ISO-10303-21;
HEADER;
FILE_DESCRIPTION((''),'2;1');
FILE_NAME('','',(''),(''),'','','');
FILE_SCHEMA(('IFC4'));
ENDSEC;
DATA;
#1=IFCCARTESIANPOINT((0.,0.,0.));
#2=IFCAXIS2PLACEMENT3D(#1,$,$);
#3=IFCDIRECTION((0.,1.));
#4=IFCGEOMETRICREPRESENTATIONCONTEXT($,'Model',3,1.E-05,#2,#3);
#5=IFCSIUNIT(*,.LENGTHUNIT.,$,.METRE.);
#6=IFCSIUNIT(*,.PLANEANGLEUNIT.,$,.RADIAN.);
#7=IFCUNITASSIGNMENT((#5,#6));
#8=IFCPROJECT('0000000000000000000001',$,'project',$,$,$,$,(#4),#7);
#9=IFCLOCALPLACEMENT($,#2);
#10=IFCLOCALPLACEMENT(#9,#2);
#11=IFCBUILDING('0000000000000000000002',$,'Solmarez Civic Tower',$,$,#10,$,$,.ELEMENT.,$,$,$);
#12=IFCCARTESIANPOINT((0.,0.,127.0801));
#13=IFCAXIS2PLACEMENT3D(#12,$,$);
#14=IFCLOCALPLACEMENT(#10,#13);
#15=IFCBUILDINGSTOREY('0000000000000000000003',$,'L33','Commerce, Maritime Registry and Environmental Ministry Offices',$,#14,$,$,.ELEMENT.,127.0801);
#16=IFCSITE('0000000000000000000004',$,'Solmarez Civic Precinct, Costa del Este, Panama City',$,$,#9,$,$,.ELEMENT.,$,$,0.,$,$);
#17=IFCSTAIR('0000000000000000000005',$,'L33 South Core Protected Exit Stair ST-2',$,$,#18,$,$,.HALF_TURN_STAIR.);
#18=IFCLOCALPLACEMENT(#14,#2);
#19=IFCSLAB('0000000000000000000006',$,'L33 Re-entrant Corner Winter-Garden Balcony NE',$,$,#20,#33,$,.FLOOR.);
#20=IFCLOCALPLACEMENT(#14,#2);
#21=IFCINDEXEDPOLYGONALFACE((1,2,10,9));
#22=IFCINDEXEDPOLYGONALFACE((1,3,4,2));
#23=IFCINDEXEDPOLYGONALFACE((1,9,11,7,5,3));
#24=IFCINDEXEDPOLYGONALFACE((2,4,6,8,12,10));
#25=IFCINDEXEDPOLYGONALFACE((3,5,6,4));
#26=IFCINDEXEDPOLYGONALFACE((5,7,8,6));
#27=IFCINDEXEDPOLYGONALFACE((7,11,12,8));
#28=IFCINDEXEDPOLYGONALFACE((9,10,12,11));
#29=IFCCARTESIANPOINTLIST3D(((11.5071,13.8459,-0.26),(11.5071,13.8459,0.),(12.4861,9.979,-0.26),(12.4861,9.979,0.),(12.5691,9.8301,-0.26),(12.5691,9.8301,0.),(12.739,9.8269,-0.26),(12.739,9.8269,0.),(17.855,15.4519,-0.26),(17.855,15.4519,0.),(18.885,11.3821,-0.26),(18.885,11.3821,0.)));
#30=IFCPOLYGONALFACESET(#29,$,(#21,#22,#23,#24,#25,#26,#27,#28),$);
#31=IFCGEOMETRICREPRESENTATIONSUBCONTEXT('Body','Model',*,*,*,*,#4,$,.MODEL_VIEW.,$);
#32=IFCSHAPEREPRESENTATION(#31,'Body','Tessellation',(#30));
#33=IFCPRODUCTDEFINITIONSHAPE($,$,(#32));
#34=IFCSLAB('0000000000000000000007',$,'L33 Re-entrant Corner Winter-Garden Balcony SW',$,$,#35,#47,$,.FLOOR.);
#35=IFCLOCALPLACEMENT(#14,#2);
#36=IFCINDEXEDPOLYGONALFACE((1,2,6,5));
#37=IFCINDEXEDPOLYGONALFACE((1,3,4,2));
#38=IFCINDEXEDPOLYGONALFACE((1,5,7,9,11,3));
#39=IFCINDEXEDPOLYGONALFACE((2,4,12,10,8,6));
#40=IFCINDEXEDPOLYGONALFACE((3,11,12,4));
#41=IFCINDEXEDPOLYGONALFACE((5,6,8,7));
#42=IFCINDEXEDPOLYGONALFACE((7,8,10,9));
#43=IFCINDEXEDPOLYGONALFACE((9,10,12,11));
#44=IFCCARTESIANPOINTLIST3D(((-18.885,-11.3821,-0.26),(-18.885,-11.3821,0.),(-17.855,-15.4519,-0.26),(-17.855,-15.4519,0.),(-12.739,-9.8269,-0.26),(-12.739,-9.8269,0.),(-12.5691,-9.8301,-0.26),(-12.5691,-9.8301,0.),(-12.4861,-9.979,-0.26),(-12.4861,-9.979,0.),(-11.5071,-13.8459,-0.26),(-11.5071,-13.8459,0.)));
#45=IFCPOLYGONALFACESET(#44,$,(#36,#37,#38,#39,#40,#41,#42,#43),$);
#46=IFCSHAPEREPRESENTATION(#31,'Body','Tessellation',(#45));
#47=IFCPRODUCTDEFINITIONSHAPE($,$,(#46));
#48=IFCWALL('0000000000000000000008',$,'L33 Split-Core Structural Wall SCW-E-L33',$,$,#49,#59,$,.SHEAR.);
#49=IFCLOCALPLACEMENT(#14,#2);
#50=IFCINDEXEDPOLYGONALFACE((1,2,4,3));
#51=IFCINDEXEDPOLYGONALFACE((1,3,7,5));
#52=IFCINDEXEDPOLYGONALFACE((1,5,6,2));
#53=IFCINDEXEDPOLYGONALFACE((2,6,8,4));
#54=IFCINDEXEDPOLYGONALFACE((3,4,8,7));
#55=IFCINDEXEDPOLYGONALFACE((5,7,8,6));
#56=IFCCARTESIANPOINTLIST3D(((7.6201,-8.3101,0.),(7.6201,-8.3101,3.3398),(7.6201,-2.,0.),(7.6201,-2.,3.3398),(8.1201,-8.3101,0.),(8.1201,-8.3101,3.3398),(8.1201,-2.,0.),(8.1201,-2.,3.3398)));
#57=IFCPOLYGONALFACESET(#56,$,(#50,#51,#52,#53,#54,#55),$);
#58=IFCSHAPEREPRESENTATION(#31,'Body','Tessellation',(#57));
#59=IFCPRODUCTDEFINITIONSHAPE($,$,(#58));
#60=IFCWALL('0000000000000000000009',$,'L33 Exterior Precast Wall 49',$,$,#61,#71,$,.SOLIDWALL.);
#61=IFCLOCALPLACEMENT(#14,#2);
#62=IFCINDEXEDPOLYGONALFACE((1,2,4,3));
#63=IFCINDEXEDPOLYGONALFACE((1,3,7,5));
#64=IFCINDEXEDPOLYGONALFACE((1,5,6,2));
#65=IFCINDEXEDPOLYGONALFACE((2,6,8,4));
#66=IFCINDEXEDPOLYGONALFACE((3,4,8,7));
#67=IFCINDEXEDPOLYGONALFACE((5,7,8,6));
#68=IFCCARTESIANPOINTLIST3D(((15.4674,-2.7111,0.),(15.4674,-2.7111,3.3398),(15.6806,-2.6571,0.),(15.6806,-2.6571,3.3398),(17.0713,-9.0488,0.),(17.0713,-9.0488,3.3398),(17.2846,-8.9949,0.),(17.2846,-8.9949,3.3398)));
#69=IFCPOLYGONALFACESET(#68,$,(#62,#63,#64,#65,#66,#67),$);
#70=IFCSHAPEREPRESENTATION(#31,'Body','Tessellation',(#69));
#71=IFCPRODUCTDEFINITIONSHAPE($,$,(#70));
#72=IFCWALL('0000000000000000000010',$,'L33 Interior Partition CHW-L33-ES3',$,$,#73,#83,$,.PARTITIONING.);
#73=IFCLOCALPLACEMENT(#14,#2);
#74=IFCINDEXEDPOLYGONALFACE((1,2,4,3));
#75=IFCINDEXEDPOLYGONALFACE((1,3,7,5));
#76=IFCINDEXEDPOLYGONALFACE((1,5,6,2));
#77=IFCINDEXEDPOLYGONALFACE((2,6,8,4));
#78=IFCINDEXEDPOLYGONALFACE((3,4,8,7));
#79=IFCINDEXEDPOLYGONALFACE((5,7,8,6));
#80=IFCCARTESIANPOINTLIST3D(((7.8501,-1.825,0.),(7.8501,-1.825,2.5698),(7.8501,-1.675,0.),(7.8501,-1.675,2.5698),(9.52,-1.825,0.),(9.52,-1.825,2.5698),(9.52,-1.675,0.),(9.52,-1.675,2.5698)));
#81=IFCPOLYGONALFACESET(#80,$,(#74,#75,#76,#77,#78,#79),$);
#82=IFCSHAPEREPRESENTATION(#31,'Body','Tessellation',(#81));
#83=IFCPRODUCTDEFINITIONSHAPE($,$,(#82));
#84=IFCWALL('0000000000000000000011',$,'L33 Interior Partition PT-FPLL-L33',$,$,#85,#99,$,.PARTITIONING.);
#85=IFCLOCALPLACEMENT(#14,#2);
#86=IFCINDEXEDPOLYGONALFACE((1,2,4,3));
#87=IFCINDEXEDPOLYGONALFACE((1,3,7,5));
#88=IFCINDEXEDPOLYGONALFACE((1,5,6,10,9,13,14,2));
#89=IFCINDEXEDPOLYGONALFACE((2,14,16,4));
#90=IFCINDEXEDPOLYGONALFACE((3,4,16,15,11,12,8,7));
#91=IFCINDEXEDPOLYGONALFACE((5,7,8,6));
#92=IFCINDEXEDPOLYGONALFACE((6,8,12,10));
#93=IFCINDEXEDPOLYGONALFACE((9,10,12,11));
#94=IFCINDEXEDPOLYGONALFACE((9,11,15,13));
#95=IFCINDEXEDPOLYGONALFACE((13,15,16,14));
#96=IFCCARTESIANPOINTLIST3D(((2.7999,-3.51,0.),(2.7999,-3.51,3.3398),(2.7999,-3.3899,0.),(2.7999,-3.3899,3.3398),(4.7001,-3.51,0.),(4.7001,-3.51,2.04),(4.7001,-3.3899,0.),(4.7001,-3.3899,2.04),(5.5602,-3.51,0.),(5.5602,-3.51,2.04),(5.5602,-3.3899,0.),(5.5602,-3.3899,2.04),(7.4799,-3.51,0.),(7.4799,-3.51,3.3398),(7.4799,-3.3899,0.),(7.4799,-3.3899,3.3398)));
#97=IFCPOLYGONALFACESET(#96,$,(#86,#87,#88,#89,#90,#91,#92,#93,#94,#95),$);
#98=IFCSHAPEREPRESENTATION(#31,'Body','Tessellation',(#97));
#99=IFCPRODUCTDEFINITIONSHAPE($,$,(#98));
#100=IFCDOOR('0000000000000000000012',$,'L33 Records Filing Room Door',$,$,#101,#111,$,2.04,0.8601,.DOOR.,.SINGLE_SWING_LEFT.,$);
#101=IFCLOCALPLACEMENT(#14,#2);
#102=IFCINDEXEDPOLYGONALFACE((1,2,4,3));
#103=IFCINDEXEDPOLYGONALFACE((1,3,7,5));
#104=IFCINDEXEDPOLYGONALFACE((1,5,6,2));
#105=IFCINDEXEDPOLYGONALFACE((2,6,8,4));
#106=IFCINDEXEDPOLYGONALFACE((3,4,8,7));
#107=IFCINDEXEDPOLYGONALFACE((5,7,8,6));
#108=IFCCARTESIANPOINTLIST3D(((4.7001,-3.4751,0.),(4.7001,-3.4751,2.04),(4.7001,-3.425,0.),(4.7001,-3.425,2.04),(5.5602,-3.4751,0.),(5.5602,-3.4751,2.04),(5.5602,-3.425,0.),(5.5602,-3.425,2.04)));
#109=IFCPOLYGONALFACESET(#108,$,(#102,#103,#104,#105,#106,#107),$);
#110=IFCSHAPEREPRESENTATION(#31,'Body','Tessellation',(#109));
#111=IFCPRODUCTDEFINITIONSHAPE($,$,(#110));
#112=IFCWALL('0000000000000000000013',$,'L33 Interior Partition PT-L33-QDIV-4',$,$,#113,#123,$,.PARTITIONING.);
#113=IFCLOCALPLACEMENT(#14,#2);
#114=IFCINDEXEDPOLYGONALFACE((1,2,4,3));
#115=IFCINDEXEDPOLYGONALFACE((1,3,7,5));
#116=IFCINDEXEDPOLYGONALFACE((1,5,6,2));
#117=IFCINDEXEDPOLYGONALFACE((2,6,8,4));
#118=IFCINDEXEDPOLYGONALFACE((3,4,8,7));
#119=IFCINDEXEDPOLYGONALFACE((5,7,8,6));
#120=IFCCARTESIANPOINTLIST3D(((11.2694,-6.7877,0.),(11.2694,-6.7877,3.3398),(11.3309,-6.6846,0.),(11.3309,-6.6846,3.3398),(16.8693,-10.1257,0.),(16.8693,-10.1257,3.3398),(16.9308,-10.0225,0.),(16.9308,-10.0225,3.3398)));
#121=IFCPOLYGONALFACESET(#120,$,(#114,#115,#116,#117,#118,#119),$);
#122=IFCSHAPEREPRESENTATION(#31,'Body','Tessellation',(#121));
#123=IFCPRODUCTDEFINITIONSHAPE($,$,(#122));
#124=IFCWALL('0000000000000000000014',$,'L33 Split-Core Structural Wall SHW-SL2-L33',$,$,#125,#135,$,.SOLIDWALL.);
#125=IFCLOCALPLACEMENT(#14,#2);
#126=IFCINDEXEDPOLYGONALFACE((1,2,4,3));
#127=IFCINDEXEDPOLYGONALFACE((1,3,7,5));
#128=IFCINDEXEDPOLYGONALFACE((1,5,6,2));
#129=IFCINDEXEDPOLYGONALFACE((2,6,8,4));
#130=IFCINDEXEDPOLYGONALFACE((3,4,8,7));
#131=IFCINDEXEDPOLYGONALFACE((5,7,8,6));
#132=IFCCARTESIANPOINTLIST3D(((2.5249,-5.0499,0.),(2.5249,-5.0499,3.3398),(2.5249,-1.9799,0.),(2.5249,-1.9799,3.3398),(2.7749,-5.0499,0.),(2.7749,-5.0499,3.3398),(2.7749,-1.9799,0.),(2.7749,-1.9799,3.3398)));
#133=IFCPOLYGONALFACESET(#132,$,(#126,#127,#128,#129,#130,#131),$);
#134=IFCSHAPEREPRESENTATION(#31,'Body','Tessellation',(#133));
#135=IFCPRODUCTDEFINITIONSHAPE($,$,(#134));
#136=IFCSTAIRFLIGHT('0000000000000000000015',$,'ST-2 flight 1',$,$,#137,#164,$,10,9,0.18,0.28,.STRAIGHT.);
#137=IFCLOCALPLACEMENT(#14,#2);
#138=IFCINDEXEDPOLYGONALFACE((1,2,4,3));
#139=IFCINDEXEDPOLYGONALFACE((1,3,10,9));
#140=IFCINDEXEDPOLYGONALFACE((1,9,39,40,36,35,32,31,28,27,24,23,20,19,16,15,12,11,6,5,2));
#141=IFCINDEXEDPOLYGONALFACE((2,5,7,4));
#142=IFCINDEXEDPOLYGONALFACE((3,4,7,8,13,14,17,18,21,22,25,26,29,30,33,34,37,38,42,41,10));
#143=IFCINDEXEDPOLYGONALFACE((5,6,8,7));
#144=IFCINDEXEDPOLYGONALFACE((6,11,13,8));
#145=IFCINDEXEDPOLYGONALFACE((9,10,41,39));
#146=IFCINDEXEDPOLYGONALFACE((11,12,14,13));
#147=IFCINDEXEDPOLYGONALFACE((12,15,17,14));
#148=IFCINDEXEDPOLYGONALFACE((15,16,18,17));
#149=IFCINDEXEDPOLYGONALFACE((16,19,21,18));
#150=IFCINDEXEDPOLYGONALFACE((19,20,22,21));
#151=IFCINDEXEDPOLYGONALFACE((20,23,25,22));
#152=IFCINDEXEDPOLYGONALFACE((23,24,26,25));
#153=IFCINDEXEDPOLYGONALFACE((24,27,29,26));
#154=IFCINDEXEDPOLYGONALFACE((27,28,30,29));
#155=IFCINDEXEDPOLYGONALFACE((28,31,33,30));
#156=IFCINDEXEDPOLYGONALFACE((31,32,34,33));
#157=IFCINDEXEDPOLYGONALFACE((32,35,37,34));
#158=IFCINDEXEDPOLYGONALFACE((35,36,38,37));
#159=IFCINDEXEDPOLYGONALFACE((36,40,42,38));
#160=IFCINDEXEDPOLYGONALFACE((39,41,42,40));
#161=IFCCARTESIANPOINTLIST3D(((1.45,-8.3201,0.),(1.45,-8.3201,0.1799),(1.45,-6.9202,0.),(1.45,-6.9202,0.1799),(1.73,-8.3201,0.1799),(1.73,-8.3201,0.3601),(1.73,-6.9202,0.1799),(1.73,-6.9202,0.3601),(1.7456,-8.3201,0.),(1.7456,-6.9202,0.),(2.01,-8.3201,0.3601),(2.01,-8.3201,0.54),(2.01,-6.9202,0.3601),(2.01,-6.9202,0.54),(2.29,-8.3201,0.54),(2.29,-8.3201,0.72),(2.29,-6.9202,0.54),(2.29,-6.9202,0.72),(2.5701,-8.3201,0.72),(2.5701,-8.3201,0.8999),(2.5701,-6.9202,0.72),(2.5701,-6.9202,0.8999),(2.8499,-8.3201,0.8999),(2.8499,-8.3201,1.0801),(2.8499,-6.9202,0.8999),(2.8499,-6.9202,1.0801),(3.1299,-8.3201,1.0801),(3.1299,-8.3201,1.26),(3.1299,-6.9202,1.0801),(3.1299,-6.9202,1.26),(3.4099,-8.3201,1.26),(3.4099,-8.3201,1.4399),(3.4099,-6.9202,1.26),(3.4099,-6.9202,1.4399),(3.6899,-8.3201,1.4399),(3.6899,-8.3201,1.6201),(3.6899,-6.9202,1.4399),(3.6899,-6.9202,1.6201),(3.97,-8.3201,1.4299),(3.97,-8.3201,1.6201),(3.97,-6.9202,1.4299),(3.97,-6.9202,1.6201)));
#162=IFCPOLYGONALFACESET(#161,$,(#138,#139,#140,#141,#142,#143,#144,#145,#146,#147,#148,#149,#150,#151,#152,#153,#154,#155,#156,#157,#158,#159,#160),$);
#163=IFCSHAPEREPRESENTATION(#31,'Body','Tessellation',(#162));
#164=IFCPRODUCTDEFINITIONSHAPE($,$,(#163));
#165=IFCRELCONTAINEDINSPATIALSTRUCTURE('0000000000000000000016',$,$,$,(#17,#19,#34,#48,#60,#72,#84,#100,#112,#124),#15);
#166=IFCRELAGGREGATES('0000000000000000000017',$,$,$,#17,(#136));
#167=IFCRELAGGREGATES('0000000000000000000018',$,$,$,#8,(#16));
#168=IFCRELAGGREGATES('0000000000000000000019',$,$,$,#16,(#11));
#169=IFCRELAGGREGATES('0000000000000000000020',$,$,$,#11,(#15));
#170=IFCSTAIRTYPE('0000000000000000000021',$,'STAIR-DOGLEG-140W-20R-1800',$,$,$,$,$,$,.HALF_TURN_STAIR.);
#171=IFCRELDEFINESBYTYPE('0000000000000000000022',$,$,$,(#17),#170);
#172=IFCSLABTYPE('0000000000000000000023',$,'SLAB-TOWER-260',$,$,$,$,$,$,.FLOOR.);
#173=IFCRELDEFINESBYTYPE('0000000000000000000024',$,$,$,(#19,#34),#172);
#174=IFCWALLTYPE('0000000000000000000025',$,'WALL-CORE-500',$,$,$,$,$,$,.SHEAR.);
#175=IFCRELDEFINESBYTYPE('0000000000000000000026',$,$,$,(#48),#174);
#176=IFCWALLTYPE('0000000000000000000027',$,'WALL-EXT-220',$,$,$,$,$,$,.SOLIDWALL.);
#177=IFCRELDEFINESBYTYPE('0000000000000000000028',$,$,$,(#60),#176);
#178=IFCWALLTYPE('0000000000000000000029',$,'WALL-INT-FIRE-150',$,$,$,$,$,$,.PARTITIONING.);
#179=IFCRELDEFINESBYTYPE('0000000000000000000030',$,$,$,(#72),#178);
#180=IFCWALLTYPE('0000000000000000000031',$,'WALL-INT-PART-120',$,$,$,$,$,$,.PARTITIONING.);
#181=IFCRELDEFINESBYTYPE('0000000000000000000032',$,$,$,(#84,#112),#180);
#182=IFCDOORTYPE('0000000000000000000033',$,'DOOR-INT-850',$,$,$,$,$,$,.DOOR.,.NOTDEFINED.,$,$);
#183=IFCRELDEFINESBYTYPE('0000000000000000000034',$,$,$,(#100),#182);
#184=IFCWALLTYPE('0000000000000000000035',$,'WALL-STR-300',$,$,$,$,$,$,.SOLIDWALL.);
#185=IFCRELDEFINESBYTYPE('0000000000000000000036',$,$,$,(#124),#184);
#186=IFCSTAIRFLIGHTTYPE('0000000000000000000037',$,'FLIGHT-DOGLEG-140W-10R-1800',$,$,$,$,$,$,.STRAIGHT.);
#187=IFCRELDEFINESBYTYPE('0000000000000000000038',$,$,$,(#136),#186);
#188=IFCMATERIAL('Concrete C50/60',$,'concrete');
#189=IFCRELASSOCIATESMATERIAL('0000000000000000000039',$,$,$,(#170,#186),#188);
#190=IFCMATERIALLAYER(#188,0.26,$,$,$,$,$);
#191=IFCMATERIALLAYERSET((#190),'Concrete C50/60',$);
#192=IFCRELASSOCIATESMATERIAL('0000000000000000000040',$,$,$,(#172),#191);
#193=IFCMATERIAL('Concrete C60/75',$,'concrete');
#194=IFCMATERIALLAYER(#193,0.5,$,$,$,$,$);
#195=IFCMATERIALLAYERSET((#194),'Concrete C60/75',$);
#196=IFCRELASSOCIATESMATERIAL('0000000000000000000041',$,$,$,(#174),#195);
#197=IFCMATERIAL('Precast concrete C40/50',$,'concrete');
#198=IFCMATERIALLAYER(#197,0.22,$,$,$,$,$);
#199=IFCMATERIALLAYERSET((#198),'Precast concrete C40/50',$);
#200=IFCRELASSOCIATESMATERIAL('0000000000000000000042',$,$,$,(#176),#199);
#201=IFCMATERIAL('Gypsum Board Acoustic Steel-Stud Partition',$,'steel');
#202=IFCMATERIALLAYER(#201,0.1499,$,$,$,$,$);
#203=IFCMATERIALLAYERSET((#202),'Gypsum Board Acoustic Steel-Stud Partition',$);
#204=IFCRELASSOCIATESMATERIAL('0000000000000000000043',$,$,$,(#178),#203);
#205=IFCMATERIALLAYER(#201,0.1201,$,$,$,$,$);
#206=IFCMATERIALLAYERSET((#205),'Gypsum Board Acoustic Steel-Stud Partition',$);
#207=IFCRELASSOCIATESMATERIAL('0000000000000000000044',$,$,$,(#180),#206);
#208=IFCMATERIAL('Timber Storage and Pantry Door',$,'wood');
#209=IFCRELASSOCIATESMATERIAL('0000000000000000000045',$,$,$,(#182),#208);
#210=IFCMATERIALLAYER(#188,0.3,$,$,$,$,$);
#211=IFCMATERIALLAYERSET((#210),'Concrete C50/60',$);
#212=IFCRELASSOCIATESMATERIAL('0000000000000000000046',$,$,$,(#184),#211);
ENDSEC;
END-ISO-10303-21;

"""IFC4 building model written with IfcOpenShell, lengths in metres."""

from ifc_helpers import new_model, si_unit, direction, frame, frame_2d, origin, place, context, subcontext, project, spatial, polyline, rectangle, outline, extrude, material, layer, layer_set, type_object, element, fill, aggregate, save


model = new_model("IFC4")

# Units and contexts
model_context = context("Model", 3, precision=1e-05, world=origin(), true_north=direction((0.0, 1.0)))
body_context = subcontext(model_context, "Body", "Model", "MODEL_VIEW")
ifc_project = project(units=[si_unit("LENGTHUNIT", "METRE"), si_unit("PLANEANGLEUNIT", "RADIAN")], contexts=[model_context])

# Site, building, storey
site_placement = place(None, origin())
site = spatial("IfcSite", under=ifc_project, at=site_placement, Name="Solmarez Civic Precinct, Costa del Este, Panama City", CompositionType="ELEMENT", RefElevation=0.0)
building_placement = place(site_placement, origin())
building = spatial("IfcBuilding", under=site, at=building_placement, Name="Solmarez Civic Tower", CompositionType="ELEMENT")
storey_placement = place(building_placement, frame((0.0, 0.0, 127.0801)))
storey = spatial("IfcBuildingStorey", under=building, at=storey_placement, Name="L33", Description="Commerce, Maritime Registry and Environmental Ministry Offices", CompositionType="ELEMENT", Elevation=127.0801)

# Shared definitions
ifc_material_1 = material(Name="Concrete C50/60", Category="concrete")

# Stair
stair_type = type_object("IfcStairType", Name="STAIR-DOGLEG-140W-20R-1800", PredefinedType="HALF_TURN_STAIR", material=ifc_material_1)
stair_1_placement = place(storey_placement, origin())
stair_1 = element("IfcStair", 1, at=stair_1_placement, inside=storey, type_object=stair_type, Name="L33 South Core Protected Exit Stair ST-2", PredefinedType="HALF_TURN_STAIR")

# Slabs
ifc_layer_1 = layer(ifc_material_1, 0.26)
ifc_layer_set_1 = layer_set([ifc_layer_1], Name="Concrete C50/60")
slab_type_1 = type_object("IfcSlabType", Name="SLAB-TOWER-260", PredefinedType="FLOOR", material=ifc_layer_set_1)
slab_1_placement = place(storey_placement, frame((0.0, 0.0, -0.26)))
element("IfcSlab", 2, at=slab_1_placement, inside=storey, type_object=slab_type_1, Name="L33 Re-entrant Corner Winter-Garden Balcony NE", PredefinedType="FLOOR", context=body_context, shape_type="SweptSolid", body=[
    extrude(outline(polyline([(11.5071, 13.8459), (12.4861, 9.979), (12.5691, 9.8301), (12.739, 9.8269), (18.885, 11.3821), (17.855, 15.4519), (11.5071, 13.8459)])), origin(), (0.0, 0.0, 1.0), 0.26),
])
slab_2_placement = place(storey_placement, frame((0.0, 0.0, -0.26)))
element("IfcSlab", 3, at=slab_2_placement, inside=storey, type_object=slab_type_1, Name="L33 Re-entrant Corner Winter-Garden Balcony SW", PredefinedType="FLOOR", context=body_context, shape_type="SweptSolid", body=[
    extrude(outline(polyline([(-11.5071, -13.8459), (-12.4861, -9.979), (-12.5691, -9.8301), (-12.739, -9.8269), (-18.885, -11.3821), (-17.855, -15.4519), (-11.5071, -13.8459)])), origin(), (0.0, 0.0, 1.0), 0.26),
])

# Walls
ifc_material_2 = material(Name="Concrete C60/75", Category="concrete")
ifc_layer_2 = layer(ifc_material_2, 0.5)
ifc_layer_set_2 = layer_set([ifc_layer_2], Name="Concrete C60/75")
wall_type_1 = type_object("IfcWallType", Name="WALL-CORE-500", PredefinedType="SHEAR", material=ifc_layer_set_2)
wall_1_placement = place(storey_placement, frame((7.8701, -2.0, 0.0), z_axis=(0.0, 0.0, 1.0), x_axis=(0.0, -1.0, 0.0)))
element("IfcWall", 4, at=wall_1_placement, inside=storey, type_object=wall_type_1, Name="L33 Split-Core Structural Wall SCW-E-L33", PredefinedType="SHEAR", context=body_context, shape_type="SweptSolid", body=[
    extrude(rectangle(XDim=6.3101, YDim=0.5, at=frame_2d((3.155, 0.0))), origin(), (0.0, 0.0, 1.0), 3.3398),
])
ifc_material_3 = material(Name="Precast concrete C40/50", Category="concrete")
ifc_layer_3 = layer(ifc_material_3, 0.22)
ifc_layer_set_3 = layer_set([ifc_layer_3], Name="Precast concrete C40/50")
wall_type_2 = type_object("IfcWallType", Name="WALL-EXT-220", PredefinedType="SOLIDWALL", material=ifc_layer_set_3)
wall_2_placement = place(storey_placement, frame((15.574, -2.6841, 0.0), z_axis=(0.0, 0.0, 1.0), x_axis=(0.245346, -0.969435, 0.0)))
element("IfcWall", 5, at=wall_2_placement, inside=storey, type_object=wall_type_2, Name="L33 Exterior Precast Wall 49", PredefinedType="SOLIDWALL", context=body_context, shape_type="SweptSolid", body=[
    extrude(rectangle(XDim=6.5376, YDim=0.22, at=frame_2d((3.2688, 0.0))), origin(), (0.0, 0.0, 1.0), 3.3398),
])
ifc_material_4 = material(Name="Gypsum Board Acoustic Steel-Stud Partition", Category="steel")
ifc_layer_4 = layer(ifc_material_4, 0.1499)
ifc_layer_set_4 = layer_set([ifc_layer_4], Name="Gypsum Board Acoustic Steel-Stud Partition")
wall_type_3 = type_object("IfcWallType", Name="WALL-INT-FIRE-150", PredefinedType="PARTITIONING", material=ifc_layer_set_4)
wall_3_placement = place(storey_placement, frame((7.8501, -1.75, 0.0), z_axis=(0.0, 0.0, 1.0), x_axis=(1.0, 0.0, 0.0)))
element("IfcWall", 6, at=wall_3_placement, inside=storey, type_object=wall_type_3, Name="L33 Interior Partition CHW-L33-ES3", PredefinedType="PARTITIONING", context=body_context, shape_type="SweptSolid", body=[
    extrude(rectangle(XDim=1.6699, YDim=0.1499, at=frame_2d((0.835, 0.0))), origin(), (0.0, 0.0, 1.0), 2.5698),
])

# Wall, opening, door
ifc_layer_5 = layer(ifc_material_4, 0.1201)
ifc_layer_set_5 = layer_set([ifc_layer_5], Name="Gypsum Board Acoustic Steel-Stud Partition")
wall_type_4 = type_object("IfcWallType", Name="WALL-INT-PART-120", PredefinedType="PARTITIONING", material=ifc_layer_set_5)
wall_4_placement = place(storey_placement, frame((2.8, -3.45, 0.0), z_axis=(0.0, 0.0, 1.0), x_axis=(1.0, 0.0, 0.0)))
wall_4 = element("IfcWall", 7, at=wall_4_placement, inside=storey, type_object=wall_type_4, Name="L33 Interior Partition PT-FPLL-L33", PredefinedType="PARTITIONING", context=body_context, shape_type="SweptSolid", body=[
    extrude(rectangle(XDim=4.6799, YDim=0.1201, at=frame_2d((2.3398, 0.0))), origin(), (0.0, 0.0, 1.0), 3.3398),
])
opening_placement = place(wall_4_placement, frame((1.8999, 0.0, 0.0)))
opening = element("IfcOpeningElement", 8, at=opening_placement, cuts=wall_4, PredefinedType="OPENING", context=body_context, shape_type="SweptSolid", body=[
    extrude(rectangle(XDim=0.8601, YDim=2.04, at=frame_2d((0.4302, 1.02))), frame((0.0, 0.0701, 0.0), z_axis=(0.0, -1.0, 0.0), x_axis=(1.0, 0.0, 0.0)), (0.0, 0.0, 1.0), 0.1401),
])
ifc_material_5 = material(Name="Timber Storage and Pantry Door", Category="wood")
door_type = type_object("IfcDoorType", Name="DOOR-INT-850", OperationType="NOTDEFINED", PredefinedType="DOOR", material=ifc_material_5)
door_placement = place(opening_placement, origin())
door = element("IfcDoor", 9, at=door_placement, inside=storey, type_object=door_type, Name="L33 Records Filing Room Door", OperationType="SINGLE_SWING_LEFT", OverallHeight=2.04, OverallWidth=0.8601, PredefinedType="DOOR", context=body_context, shape_type="SweptSolid", body=[
    extrude(rectangle(XDim=0.8601, YDim=2.04, at=frame_2d((0.4302, 1.02))), frame((0.0, 0.0249, 0.0), z_axis=(0.0, -1.0, 0.0), x_axis=(1.0, 0.0, 0.0)), (0.0, 0.0, 1.0), 0.05),
])
fill(opening, door)

# Walls
wall_5_placement = place(storey_placement, frame((11.3, -6.7361, 0.0), z_axis=(0.0, 0.0, 1.0), x_axis=(0.85898, -0.51201, 0.0)))
element("IfcWall", 10, at=wall_5_placement, inside=storey, type_object=wall_type_4, Name="L33 Interior Partition PT-L33-QDIV-4", PredefinedType="PARTITIONING", context=body_context, shape_type="SweptSolid", body=[
    extrude(rectangle(XDim=6.5193, YDim=0.1201, at=frame_2d((3.2598, 0.0))), origin(), (0.0, 0.0, 1.0), 3.3398),
])
ifc_layer_6 = layer(ifc_material_1, 0.3)
ifc_layer_set_6 = layer_set([ifc_layer_6], Name="Concrete C50/60")
wall_type_5 = type_object("IfcWallType", Name="WALL-STR-300", PredefinedType="SOLIDWALL", material=ifc_layer_set_6)
wall_6_placement = place(storey_placement, frame((2.6499, -5.05, 0.0), z_axis=(0.0, 0.0, 1.0), x_axis=(0.0, 1.0, 0.0)))
element("IfcWall", 11, at=wall_6_placement, inside=storey, type_object=wall_type_5, Name="L33 Split-Core Structural Wall SHW-SL2-L33", PredefinedType="SOLIDWALL", context=body_context, shape_type="SweptSolid", body=[
    extrude(rectangle(XDim=3.0701, YDim=0.25, at=frame_2d((1.5352, 0.0))), origin(), (0.0, 0.0, 1.0), 3.3398),
])

# Stair flight
stair_flight_type = type_object("IfcStairFlightType", Name="FLIGHT-DOGLEG-140W-10R-1800", PredefinedType="STRAIGHT", material=ifc_material_1)
stair_flight_1_placement = place(storey_placement, frame((1.45, -7.6201, 0.0), z_axis=(0.0, 0.0, 1.0), x_axis=(1.0, 0.0, 0.0)))
stair_flight_1 = element("IfcStairFlight", 12, at=stair_flight_1_placement, type_object=stair_flight_type, Name="ST-2 flight 1", NumberOfRisers=10, NumberOfTreads=9, PredefinedType="STRAIGHT", RiserHeight=0.18, TreadLength=0.28, context=body_context, shape_type="SweptSolid", body=[
    extrude(outline(polyline([(0.0, 0.0), (0.0, 0.1799), (0.28, 0.1799), (0.28, 0.3601), (0.5601, 0.3601), (0.5601, 0.54), (0.8401, 0.54), (0.8401, 0.72), (1.1201, 0.72), (1.1201, 0.8999), (1.3999, 0.8999), (1.3999, 1.0801), (1.6799, 1.0801), (1.6799, 1.26), (1.96, 1.26), (1.96, 1.4399), (2.24, 1.4399), (2.24, 1.6201), (2.52, 1.6201), (2.52, 1.8), (2.52, 1.4299), (0.2957, 0.0), (0.0, 0.0)])), frame((0.0, 0.7, 0.0), z_axis=(0.0, -1.0, 0.0), x_axis=(1.0, 0.0, 0.0)), (0.0, 0.0, 1.0), 1.3999),
])
aggregate(stair_1, [stair_flight_1])

save(model, "model.ifc")
